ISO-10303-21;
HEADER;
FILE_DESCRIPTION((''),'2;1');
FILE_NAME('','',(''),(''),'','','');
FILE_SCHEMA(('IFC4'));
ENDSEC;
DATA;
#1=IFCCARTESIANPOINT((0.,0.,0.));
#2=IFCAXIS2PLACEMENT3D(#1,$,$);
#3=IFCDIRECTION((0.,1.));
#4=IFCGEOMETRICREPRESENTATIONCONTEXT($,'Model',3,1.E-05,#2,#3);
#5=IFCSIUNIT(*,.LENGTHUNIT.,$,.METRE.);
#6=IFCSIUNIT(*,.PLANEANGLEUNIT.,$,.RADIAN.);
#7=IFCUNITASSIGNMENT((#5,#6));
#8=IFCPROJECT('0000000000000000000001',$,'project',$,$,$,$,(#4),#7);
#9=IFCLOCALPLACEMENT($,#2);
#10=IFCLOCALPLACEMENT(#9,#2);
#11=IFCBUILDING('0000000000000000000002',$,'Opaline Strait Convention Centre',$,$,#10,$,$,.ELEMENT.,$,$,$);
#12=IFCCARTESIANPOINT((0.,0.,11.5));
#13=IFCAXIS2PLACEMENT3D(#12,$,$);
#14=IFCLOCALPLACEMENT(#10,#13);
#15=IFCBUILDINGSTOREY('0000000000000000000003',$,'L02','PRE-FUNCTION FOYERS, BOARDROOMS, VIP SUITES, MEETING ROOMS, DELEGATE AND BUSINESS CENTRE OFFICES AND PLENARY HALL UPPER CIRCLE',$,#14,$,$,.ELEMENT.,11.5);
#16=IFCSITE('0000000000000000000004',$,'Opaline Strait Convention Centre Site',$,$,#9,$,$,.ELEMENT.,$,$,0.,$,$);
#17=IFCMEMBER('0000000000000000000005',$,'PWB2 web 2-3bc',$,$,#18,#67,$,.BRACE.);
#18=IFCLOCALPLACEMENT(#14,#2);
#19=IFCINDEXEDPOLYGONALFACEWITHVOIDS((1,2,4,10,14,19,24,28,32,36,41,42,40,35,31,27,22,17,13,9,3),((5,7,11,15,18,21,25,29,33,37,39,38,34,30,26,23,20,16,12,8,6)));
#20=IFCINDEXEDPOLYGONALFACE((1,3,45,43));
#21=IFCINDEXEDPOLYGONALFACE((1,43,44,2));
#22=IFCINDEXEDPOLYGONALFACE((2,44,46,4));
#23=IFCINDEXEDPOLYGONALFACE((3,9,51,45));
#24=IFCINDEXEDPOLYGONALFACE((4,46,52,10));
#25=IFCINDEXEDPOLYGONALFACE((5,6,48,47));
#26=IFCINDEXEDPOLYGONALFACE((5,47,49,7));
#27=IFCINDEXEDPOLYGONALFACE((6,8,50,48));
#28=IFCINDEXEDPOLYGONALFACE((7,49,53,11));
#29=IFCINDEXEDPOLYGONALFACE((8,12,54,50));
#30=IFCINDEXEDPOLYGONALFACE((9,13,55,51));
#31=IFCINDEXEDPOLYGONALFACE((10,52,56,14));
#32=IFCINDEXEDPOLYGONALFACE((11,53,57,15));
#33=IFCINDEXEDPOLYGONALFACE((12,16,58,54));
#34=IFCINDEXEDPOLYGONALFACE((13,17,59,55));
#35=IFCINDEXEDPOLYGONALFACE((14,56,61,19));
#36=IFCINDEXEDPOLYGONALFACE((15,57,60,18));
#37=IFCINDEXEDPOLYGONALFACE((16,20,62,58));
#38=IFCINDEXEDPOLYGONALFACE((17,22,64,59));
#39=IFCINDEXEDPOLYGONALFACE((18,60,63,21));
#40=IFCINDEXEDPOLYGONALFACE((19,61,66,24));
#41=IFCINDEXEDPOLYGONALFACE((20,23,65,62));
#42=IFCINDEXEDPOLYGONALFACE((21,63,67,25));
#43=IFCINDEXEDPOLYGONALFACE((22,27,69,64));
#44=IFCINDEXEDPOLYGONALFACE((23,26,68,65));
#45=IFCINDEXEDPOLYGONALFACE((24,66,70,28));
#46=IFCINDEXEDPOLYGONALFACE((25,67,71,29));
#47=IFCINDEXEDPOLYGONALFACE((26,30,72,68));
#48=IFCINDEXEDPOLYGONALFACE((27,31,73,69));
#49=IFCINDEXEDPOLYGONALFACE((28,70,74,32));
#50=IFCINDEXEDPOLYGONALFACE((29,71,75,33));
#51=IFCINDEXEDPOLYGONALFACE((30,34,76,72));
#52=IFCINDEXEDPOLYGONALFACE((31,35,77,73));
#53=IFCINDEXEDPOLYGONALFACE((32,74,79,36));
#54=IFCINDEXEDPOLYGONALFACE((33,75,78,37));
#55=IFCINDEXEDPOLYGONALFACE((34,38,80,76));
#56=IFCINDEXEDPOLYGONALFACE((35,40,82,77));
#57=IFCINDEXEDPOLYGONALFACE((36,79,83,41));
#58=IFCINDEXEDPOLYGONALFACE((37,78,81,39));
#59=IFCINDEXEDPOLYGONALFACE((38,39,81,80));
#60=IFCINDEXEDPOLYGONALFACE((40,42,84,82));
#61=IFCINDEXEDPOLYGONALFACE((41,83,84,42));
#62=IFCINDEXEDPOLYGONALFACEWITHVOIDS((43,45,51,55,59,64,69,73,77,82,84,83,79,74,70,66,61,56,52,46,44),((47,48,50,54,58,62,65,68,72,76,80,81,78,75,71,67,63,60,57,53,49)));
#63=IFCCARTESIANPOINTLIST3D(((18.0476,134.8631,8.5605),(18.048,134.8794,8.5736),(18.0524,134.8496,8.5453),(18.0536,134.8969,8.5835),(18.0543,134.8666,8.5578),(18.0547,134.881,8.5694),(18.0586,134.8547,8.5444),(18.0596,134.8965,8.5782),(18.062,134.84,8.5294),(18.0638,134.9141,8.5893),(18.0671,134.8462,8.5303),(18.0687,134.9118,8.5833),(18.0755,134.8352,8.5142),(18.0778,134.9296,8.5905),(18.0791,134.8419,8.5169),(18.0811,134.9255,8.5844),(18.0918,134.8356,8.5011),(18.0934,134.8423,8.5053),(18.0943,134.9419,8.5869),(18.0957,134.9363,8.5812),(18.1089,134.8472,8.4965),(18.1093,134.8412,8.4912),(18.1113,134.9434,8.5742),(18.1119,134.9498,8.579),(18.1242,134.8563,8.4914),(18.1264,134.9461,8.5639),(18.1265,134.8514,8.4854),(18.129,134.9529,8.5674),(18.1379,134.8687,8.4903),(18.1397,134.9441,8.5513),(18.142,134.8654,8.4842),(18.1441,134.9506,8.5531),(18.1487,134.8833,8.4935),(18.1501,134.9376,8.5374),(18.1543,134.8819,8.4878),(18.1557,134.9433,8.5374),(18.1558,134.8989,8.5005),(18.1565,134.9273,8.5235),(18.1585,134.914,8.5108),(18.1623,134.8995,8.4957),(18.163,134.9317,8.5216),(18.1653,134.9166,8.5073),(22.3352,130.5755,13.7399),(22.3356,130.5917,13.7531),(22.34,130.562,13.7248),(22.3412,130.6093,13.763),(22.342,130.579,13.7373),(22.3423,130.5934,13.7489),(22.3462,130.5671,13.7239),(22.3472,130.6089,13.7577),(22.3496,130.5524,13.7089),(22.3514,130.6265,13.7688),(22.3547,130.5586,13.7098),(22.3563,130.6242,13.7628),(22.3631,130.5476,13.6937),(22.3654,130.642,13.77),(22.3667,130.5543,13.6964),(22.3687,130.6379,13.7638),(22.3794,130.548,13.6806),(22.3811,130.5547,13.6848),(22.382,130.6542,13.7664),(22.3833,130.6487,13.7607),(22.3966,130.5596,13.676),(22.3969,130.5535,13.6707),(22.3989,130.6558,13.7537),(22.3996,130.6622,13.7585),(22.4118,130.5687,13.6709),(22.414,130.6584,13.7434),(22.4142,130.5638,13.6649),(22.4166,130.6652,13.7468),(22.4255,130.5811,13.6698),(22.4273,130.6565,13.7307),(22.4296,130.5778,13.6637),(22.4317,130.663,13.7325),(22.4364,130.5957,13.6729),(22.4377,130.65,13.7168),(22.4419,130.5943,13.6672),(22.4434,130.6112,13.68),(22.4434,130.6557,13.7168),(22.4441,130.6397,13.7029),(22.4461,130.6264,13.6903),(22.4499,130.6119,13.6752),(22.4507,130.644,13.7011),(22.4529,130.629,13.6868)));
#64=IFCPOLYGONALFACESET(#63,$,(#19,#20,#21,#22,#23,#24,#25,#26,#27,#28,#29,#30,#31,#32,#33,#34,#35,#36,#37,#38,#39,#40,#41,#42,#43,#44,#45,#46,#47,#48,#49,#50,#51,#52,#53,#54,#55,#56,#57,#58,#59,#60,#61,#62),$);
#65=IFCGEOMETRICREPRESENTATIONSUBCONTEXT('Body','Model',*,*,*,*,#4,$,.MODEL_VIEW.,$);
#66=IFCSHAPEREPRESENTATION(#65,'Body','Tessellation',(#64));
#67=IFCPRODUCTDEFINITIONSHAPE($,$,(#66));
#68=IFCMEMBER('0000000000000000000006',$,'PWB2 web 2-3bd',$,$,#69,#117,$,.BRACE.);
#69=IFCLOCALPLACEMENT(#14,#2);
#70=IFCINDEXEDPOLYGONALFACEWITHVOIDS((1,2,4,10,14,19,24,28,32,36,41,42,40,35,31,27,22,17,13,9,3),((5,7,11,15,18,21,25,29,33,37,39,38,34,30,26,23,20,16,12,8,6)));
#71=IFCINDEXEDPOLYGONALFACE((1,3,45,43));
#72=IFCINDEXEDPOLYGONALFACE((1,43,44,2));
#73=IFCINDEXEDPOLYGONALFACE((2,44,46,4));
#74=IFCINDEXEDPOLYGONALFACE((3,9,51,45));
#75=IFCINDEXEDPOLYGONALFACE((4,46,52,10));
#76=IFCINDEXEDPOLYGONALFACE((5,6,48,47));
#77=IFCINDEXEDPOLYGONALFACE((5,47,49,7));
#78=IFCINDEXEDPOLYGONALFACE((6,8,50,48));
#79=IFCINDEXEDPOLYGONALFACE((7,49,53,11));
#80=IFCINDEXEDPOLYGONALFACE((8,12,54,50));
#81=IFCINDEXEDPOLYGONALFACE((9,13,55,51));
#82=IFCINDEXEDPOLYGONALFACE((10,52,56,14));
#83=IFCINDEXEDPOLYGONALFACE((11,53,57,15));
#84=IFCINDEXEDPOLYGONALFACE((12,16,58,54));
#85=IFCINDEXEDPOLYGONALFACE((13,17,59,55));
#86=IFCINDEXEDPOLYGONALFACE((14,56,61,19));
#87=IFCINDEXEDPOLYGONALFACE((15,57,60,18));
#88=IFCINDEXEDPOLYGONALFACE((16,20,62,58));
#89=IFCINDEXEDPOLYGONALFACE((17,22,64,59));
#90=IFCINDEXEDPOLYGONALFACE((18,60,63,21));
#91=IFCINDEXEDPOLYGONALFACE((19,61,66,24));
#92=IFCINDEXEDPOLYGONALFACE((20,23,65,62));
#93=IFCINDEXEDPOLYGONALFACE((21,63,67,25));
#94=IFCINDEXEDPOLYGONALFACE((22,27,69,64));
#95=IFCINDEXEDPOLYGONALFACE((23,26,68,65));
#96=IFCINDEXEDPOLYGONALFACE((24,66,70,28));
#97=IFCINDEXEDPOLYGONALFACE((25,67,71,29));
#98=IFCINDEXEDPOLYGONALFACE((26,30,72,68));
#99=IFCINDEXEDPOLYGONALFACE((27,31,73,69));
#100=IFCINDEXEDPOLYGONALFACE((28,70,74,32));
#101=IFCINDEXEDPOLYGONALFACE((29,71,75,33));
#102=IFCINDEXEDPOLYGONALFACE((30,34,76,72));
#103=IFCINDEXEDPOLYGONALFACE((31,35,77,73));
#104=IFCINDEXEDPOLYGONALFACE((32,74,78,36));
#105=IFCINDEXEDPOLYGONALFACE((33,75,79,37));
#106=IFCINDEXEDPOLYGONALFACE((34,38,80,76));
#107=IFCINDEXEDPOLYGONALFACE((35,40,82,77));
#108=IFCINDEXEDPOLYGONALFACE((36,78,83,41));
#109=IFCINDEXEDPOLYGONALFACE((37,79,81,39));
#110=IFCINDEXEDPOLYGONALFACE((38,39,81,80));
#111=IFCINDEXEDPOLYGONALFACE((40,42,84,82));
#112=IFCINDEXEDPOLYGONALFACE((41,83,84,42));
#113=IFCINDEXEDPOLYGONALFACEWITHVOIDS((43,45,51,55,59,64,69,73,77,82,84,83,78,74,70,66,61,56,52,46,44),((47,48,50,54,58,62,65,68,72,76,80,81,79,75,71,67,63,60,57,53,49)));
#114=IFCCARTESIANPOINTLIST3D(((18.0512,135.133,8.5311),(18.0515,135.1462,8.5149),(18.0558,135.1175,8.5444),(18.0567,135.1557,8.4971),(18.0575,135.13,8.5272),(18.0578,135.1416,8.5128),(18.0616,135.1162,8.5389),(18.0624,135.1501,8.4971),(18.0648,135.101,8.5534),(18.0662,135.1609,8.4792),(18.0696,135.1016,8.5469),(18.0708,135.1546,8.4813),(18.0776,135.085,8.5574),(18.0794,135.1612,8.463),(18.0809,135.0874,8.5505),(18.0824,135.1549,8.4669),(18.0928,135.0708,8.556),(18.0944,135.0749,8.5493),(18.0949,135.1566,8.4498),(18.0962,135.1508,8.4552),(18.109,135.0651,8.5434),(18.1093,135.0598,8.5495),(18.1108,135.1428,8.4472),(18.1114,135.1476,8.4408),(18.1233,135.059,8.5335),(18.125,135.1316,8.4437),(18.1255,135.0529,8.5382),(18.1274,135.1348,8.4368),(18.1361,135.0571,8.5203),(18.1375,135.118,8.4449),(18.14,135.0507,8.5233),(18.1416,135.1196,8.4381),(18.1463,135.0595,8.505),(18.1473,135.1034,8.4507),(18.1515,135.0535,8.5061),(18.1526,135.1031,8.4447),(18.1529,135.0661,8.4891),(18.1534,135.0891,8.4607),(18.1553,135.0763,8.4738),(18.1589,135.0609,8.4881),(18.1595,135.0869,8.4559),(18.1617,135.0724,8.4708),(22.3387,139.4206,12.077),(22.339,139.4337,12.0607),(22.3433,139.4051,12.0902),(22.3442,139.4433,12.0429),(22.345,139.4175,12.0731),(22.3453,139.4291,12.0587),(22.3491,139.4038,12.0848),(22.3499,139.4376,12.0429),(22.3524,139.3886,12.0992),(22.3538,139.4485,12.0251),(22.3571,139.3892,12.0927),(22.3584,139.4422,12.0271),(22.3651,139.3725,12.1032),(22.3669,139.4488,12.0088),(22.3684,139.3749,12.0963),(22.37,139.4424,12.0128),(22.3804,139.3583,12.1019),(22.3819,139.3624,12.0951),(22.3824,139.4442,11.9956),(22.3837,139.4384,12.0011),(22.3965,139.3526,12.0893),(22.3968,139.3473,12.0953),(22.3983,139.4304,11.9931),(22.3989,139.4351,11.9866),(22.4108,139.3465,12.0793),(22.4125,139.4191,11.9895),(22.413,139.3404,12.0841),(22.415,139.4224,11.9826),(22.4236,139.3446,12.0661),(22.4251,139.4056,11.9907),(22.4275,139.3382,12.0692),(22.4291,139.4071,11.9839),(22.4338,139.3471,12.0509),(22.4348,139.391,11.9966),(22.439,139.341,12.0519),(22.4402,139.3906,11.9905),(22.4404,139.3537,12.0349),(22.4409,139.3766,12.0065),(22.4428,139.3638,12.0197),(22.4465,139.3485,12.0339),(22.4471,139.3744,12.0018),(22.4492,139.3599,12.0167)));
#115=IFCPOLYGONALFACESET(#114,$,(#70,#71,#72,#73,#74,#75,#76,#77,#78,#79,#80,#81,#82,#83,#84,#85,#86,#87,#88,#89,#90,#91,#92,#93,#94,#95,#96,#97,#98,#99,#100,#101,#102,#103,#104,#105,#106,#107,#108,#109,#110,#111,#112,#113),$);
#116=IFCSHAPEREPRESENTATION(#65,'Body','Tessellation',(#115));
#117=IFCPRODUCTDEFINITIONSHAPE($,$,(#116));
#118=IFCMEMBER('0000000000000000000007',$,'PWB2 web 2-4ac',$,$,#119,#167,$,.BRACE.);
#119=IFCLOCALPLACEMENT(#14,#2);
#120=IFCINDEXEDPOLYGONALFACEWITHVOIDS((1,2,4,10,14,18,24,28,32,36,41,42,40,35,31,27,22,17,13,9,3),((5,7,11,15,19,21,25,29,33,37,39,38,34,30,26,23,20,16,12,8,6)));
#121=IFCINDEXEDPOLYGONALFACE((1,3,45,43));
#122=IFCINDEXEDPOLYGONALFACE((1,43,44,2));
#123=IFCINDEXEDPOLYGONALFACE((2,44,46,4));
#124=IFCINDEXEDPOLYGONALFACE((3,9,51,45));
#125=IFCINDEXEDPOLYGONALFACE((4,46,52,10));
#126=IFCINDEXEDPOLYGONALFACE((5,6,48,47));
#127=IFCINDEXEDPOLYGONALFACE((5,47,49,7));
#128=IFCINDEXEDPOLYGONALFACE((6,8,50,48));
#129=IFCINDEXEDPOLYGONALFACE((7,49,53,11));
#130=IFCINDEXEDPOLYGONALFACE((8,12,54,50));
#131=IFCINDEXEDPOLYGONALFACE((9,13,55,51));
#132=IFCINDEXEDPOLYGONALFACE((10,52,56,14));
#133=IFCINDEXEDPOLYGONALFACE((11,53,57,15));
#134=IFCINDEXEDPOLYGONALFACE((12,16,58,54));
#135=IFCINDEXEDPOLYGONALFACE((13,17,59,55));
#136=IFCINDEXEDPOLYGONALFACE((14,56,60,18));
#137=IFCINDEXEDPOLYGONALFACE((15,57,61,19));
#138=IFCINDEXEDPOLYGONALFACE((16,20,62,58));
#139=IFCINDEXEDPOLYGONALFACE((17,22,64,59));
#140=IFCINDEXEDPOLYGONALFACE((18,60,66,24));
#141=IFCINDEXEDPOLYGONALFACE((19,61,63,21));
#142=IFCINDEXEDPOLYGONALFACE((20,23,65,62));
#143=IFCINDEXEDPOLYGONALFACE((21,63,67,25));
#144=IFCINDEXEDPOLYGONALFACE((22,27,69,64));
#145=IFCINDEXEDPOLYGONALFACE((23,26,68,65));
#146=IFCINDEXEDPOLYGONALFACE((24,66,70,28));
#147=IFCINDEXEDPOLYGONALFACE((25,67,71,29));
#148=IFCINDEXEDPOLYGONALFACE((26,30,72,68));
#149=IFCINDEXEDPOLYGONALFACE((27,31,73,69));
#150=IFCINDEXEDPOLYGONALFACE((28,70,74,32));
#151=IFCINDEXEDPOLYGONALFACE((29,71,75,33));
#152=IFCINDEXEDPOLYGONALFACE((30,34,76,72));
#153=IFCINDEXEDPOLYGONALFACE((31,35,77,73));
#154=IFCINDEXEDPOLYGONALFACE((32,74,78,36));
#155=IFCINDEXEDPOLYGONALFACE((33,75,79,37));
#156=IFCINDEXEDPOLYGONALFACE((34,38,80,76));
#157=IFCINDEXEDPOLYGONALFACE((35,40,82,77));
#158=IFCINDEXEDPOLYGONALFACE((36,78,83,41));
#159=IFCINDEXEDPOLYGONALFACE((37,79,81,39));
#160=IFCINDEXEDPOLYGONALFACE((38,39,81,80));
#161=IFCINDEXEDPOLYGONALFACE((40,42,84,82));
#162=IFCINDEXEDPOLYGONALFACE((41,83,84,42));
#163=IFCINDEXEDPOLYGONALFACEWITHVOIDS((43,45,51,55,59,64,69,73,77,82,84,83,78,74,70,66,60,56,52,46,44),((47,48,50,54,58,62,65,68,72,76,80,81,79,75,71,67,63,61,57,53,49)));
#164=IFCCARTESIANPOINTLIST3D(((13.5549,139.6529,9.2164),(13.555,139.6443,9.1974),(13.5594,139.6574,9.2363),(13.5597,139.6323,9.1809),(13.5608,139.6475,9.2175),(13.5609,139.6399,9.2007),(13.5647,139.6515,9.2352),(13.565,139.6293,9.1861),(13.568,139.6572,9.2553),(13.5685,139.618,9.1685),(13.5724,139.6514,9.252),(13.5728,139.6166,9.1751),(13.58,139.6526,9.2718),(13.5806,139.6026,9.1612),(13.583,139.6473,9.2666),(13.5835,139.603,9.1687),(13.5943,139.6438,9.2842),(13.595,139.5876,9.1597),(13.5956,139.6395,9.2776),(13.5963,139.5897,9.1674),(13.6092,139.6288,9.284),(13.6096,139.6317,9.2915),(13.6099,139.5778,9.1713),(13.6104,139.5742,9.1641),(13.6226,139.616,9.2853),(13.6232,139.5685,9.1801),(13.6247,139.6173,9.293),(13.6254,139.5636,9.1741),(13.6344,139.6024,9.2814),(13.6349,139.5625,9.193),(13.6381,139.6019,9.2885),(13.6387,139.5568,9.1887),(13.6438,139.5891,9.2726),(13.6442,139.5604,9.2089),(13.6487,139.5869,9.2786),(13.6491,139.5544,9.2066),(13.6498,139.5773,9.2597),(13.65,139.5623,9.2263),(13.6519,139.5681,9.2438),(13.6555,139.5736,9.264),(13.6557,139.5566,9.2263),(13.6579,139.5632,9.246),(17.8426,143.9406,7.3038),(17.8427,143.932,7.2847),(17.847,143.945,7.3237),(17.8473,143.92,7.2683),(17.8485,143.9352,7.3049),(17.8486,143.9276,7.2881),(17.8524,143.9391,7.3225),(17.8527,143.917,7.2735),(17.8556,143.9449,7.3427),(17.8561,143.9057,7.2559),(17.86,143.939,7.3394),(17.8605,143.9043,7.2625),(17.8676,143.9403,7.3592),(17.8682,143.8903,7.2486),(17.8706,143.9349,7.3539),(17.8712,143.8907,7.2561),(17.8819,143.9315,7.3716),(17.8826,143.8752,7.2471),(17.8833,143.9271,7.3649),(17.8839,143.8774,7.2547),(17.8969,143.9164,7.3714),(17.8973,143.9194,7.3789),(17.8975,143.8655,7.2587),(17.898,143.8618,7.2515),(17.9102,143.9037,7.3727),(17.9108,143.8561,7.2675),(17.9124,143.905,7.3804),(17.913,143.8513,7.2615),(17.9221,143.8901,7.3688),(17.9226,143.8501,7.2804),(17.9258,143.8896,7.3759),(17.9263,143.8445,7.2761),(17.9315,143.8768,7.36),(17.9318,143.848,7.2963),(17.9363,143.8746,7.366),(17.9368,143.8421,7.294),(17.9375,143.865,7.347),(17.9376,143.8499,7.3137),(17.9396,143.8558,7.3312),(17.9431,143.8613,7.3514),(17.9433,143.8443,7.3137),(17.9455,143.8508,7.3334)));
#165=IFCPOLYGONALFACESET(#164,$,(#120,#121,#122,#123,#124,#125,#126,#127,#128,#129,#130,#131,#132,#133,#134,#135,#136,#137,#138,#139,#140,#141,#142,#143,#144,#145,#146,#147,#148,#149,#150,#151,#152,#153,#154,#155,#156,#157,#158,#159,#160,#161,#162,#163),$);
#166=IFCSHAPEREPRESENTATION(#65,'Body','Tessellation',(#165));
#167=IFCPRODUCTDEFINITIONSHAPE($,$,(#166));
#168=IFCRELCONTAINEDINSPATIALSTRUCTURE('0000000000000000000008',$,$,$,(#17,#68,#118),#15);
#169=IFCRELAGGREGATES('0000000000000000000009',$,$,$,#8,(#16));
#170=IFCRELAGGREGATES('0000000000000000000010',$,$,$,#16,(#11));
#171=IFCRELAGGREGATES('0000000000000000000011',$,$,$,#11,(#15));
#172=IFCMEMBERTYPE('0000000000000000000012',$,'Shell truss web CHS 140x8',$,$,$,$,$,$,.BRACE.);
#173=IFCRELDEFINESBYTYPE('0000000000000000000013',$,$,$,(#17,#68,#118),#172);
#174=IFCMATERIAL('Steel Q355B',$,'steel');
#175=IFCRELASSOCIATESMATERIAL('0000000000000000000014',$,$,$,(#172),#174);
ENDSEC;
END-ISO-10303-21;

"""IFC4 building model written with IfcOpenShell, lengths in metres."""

from ifc_helpers import new_model, si_unit, direction, frame, origin, origin_2d, place, context, subcontext, project, spatial, hollow_circle, extrude, material, material_profile, profile_set, type_object, element, save


model = new_model("IFC4")

# Units and contexts
model_context = context("Model", 3, precision=1e-05, world=origin(), true_north=direction((0.0, 1.0)))
body_context = subcontext(model_context, "Body", "Model", "MODEL_VIEW")
ifc_project = project(units=[si_unit("LENGTHUNIT", "METRE"), si_unit("PLANEANGLEUNIT", "RADIAN")], contexts=[model_context])

# Site, building, storey
site_placement = place(None, origin())
site = spatial("IfcSite", under=ifc_project, at=site_placement, Name="Opaline Strait Convention Centre Site", CompositionType="ELEMENT", RefElevation=0.0)
building_placement = place(site_placement, origin())
building = spatial("IfcBuilding", under=site, at=building_placement, Name="Opaline Strait Convention Centre", CompositionType="ELEMENT")
storey_placement = place(building_placement, frame((0.0, 0.0, 11.5)))
storey = spatial("IfcBuildingStorey", under=building, at=storey_placement, Name="L02", Description="PRE-FUNCTION FOYERS, BOARDROOMS, VIP SUITES, MEETING ROOMS, DELEGATE AND BUSINESS CENTRE OFFICES AND PLENARY HALL UPPER CIRCLE", CompositionType="ELEMENT", Elevation=11.5)

# Members
ifc_material_1 = material(Name="Steel Q355B", Category="steel")
ifc_material_profile_1 = material_profile(ifc_material_1, hollow_circle(Radius=0.0701, WallThickness=0.0081, at=origin_2d()), Name="CHS 140x8")
ifc_profile_set_1 = profile_set([ifc_material_profile_1], Name="Steel Q355B")
member_type_1 = type_object("IfcMemberType", Name="Shell truss web CHS 140x8", PredefinedType="BRACE", material=ifc_profile_set_1)
member_1_placement = place(storey_placement, frame((18.1062, 134.8938, 8.5374), z_axis=(0.537659, -0.537659, 0.649496), x_axis=(0.707107, 0.707107, 0.0)))
element("IfcMember", 1, at=member_1_placement, inside=storey, type_object=member_type_1, Name="PWB2 web 2-3bc", PredefinedType="BRACE", context=body_context, shape_type="SweptSolid", body=[
    extrude(hollow_circle(Radius=0.0701, WallThickness=0.0081, at=origin_2d()), origin(), (0.0, 0.0, 1.0), 7.9746),
])
member_2_placement = place(storey_placement, frame((18.1062, 135.1062, 8.4971), z_axis=(0.610398, 0.610398, 0.504807), x_axis=(-0.707107, 0.707107, 0.0)))
element("IfcMember", 2, at=member_2_placement, inside=storey, type_object=member_type_1, Name="PWB2 web 2-3bd", PredefinedType="BRACE", context=body_context, shape_type="SweptSolid", body=[
    extrude(hollow_circle(Radius=0.0701, WallThickness=0.0081, at=origin_2d()), origin(), (0.0, 0.0, 1.0), 7.0242),
])
member_3_placement = place(storey_placement, frame((17.8938, 143.8938, 7.3137), z_axis=(-0.674356, -0.674356, 0.300814), x_axis=(0.707107, -0.707107, 0.0)))
element("IfcMember", 3, at=member_3_placement, inside=storey, type_object=member_type_1, Name="PWB2 web 2-4ac", PredefinedType="BRACE", context=body_context, shape_type="SweptSolid", body=[
    extrude(hollow_circle(Radius=0.0701, WallThickness=0.0081, at=origin_2d()), origin(), (0.0, 0.0, 1.0), 6.3582),
])

save(model, "model.ifc")
